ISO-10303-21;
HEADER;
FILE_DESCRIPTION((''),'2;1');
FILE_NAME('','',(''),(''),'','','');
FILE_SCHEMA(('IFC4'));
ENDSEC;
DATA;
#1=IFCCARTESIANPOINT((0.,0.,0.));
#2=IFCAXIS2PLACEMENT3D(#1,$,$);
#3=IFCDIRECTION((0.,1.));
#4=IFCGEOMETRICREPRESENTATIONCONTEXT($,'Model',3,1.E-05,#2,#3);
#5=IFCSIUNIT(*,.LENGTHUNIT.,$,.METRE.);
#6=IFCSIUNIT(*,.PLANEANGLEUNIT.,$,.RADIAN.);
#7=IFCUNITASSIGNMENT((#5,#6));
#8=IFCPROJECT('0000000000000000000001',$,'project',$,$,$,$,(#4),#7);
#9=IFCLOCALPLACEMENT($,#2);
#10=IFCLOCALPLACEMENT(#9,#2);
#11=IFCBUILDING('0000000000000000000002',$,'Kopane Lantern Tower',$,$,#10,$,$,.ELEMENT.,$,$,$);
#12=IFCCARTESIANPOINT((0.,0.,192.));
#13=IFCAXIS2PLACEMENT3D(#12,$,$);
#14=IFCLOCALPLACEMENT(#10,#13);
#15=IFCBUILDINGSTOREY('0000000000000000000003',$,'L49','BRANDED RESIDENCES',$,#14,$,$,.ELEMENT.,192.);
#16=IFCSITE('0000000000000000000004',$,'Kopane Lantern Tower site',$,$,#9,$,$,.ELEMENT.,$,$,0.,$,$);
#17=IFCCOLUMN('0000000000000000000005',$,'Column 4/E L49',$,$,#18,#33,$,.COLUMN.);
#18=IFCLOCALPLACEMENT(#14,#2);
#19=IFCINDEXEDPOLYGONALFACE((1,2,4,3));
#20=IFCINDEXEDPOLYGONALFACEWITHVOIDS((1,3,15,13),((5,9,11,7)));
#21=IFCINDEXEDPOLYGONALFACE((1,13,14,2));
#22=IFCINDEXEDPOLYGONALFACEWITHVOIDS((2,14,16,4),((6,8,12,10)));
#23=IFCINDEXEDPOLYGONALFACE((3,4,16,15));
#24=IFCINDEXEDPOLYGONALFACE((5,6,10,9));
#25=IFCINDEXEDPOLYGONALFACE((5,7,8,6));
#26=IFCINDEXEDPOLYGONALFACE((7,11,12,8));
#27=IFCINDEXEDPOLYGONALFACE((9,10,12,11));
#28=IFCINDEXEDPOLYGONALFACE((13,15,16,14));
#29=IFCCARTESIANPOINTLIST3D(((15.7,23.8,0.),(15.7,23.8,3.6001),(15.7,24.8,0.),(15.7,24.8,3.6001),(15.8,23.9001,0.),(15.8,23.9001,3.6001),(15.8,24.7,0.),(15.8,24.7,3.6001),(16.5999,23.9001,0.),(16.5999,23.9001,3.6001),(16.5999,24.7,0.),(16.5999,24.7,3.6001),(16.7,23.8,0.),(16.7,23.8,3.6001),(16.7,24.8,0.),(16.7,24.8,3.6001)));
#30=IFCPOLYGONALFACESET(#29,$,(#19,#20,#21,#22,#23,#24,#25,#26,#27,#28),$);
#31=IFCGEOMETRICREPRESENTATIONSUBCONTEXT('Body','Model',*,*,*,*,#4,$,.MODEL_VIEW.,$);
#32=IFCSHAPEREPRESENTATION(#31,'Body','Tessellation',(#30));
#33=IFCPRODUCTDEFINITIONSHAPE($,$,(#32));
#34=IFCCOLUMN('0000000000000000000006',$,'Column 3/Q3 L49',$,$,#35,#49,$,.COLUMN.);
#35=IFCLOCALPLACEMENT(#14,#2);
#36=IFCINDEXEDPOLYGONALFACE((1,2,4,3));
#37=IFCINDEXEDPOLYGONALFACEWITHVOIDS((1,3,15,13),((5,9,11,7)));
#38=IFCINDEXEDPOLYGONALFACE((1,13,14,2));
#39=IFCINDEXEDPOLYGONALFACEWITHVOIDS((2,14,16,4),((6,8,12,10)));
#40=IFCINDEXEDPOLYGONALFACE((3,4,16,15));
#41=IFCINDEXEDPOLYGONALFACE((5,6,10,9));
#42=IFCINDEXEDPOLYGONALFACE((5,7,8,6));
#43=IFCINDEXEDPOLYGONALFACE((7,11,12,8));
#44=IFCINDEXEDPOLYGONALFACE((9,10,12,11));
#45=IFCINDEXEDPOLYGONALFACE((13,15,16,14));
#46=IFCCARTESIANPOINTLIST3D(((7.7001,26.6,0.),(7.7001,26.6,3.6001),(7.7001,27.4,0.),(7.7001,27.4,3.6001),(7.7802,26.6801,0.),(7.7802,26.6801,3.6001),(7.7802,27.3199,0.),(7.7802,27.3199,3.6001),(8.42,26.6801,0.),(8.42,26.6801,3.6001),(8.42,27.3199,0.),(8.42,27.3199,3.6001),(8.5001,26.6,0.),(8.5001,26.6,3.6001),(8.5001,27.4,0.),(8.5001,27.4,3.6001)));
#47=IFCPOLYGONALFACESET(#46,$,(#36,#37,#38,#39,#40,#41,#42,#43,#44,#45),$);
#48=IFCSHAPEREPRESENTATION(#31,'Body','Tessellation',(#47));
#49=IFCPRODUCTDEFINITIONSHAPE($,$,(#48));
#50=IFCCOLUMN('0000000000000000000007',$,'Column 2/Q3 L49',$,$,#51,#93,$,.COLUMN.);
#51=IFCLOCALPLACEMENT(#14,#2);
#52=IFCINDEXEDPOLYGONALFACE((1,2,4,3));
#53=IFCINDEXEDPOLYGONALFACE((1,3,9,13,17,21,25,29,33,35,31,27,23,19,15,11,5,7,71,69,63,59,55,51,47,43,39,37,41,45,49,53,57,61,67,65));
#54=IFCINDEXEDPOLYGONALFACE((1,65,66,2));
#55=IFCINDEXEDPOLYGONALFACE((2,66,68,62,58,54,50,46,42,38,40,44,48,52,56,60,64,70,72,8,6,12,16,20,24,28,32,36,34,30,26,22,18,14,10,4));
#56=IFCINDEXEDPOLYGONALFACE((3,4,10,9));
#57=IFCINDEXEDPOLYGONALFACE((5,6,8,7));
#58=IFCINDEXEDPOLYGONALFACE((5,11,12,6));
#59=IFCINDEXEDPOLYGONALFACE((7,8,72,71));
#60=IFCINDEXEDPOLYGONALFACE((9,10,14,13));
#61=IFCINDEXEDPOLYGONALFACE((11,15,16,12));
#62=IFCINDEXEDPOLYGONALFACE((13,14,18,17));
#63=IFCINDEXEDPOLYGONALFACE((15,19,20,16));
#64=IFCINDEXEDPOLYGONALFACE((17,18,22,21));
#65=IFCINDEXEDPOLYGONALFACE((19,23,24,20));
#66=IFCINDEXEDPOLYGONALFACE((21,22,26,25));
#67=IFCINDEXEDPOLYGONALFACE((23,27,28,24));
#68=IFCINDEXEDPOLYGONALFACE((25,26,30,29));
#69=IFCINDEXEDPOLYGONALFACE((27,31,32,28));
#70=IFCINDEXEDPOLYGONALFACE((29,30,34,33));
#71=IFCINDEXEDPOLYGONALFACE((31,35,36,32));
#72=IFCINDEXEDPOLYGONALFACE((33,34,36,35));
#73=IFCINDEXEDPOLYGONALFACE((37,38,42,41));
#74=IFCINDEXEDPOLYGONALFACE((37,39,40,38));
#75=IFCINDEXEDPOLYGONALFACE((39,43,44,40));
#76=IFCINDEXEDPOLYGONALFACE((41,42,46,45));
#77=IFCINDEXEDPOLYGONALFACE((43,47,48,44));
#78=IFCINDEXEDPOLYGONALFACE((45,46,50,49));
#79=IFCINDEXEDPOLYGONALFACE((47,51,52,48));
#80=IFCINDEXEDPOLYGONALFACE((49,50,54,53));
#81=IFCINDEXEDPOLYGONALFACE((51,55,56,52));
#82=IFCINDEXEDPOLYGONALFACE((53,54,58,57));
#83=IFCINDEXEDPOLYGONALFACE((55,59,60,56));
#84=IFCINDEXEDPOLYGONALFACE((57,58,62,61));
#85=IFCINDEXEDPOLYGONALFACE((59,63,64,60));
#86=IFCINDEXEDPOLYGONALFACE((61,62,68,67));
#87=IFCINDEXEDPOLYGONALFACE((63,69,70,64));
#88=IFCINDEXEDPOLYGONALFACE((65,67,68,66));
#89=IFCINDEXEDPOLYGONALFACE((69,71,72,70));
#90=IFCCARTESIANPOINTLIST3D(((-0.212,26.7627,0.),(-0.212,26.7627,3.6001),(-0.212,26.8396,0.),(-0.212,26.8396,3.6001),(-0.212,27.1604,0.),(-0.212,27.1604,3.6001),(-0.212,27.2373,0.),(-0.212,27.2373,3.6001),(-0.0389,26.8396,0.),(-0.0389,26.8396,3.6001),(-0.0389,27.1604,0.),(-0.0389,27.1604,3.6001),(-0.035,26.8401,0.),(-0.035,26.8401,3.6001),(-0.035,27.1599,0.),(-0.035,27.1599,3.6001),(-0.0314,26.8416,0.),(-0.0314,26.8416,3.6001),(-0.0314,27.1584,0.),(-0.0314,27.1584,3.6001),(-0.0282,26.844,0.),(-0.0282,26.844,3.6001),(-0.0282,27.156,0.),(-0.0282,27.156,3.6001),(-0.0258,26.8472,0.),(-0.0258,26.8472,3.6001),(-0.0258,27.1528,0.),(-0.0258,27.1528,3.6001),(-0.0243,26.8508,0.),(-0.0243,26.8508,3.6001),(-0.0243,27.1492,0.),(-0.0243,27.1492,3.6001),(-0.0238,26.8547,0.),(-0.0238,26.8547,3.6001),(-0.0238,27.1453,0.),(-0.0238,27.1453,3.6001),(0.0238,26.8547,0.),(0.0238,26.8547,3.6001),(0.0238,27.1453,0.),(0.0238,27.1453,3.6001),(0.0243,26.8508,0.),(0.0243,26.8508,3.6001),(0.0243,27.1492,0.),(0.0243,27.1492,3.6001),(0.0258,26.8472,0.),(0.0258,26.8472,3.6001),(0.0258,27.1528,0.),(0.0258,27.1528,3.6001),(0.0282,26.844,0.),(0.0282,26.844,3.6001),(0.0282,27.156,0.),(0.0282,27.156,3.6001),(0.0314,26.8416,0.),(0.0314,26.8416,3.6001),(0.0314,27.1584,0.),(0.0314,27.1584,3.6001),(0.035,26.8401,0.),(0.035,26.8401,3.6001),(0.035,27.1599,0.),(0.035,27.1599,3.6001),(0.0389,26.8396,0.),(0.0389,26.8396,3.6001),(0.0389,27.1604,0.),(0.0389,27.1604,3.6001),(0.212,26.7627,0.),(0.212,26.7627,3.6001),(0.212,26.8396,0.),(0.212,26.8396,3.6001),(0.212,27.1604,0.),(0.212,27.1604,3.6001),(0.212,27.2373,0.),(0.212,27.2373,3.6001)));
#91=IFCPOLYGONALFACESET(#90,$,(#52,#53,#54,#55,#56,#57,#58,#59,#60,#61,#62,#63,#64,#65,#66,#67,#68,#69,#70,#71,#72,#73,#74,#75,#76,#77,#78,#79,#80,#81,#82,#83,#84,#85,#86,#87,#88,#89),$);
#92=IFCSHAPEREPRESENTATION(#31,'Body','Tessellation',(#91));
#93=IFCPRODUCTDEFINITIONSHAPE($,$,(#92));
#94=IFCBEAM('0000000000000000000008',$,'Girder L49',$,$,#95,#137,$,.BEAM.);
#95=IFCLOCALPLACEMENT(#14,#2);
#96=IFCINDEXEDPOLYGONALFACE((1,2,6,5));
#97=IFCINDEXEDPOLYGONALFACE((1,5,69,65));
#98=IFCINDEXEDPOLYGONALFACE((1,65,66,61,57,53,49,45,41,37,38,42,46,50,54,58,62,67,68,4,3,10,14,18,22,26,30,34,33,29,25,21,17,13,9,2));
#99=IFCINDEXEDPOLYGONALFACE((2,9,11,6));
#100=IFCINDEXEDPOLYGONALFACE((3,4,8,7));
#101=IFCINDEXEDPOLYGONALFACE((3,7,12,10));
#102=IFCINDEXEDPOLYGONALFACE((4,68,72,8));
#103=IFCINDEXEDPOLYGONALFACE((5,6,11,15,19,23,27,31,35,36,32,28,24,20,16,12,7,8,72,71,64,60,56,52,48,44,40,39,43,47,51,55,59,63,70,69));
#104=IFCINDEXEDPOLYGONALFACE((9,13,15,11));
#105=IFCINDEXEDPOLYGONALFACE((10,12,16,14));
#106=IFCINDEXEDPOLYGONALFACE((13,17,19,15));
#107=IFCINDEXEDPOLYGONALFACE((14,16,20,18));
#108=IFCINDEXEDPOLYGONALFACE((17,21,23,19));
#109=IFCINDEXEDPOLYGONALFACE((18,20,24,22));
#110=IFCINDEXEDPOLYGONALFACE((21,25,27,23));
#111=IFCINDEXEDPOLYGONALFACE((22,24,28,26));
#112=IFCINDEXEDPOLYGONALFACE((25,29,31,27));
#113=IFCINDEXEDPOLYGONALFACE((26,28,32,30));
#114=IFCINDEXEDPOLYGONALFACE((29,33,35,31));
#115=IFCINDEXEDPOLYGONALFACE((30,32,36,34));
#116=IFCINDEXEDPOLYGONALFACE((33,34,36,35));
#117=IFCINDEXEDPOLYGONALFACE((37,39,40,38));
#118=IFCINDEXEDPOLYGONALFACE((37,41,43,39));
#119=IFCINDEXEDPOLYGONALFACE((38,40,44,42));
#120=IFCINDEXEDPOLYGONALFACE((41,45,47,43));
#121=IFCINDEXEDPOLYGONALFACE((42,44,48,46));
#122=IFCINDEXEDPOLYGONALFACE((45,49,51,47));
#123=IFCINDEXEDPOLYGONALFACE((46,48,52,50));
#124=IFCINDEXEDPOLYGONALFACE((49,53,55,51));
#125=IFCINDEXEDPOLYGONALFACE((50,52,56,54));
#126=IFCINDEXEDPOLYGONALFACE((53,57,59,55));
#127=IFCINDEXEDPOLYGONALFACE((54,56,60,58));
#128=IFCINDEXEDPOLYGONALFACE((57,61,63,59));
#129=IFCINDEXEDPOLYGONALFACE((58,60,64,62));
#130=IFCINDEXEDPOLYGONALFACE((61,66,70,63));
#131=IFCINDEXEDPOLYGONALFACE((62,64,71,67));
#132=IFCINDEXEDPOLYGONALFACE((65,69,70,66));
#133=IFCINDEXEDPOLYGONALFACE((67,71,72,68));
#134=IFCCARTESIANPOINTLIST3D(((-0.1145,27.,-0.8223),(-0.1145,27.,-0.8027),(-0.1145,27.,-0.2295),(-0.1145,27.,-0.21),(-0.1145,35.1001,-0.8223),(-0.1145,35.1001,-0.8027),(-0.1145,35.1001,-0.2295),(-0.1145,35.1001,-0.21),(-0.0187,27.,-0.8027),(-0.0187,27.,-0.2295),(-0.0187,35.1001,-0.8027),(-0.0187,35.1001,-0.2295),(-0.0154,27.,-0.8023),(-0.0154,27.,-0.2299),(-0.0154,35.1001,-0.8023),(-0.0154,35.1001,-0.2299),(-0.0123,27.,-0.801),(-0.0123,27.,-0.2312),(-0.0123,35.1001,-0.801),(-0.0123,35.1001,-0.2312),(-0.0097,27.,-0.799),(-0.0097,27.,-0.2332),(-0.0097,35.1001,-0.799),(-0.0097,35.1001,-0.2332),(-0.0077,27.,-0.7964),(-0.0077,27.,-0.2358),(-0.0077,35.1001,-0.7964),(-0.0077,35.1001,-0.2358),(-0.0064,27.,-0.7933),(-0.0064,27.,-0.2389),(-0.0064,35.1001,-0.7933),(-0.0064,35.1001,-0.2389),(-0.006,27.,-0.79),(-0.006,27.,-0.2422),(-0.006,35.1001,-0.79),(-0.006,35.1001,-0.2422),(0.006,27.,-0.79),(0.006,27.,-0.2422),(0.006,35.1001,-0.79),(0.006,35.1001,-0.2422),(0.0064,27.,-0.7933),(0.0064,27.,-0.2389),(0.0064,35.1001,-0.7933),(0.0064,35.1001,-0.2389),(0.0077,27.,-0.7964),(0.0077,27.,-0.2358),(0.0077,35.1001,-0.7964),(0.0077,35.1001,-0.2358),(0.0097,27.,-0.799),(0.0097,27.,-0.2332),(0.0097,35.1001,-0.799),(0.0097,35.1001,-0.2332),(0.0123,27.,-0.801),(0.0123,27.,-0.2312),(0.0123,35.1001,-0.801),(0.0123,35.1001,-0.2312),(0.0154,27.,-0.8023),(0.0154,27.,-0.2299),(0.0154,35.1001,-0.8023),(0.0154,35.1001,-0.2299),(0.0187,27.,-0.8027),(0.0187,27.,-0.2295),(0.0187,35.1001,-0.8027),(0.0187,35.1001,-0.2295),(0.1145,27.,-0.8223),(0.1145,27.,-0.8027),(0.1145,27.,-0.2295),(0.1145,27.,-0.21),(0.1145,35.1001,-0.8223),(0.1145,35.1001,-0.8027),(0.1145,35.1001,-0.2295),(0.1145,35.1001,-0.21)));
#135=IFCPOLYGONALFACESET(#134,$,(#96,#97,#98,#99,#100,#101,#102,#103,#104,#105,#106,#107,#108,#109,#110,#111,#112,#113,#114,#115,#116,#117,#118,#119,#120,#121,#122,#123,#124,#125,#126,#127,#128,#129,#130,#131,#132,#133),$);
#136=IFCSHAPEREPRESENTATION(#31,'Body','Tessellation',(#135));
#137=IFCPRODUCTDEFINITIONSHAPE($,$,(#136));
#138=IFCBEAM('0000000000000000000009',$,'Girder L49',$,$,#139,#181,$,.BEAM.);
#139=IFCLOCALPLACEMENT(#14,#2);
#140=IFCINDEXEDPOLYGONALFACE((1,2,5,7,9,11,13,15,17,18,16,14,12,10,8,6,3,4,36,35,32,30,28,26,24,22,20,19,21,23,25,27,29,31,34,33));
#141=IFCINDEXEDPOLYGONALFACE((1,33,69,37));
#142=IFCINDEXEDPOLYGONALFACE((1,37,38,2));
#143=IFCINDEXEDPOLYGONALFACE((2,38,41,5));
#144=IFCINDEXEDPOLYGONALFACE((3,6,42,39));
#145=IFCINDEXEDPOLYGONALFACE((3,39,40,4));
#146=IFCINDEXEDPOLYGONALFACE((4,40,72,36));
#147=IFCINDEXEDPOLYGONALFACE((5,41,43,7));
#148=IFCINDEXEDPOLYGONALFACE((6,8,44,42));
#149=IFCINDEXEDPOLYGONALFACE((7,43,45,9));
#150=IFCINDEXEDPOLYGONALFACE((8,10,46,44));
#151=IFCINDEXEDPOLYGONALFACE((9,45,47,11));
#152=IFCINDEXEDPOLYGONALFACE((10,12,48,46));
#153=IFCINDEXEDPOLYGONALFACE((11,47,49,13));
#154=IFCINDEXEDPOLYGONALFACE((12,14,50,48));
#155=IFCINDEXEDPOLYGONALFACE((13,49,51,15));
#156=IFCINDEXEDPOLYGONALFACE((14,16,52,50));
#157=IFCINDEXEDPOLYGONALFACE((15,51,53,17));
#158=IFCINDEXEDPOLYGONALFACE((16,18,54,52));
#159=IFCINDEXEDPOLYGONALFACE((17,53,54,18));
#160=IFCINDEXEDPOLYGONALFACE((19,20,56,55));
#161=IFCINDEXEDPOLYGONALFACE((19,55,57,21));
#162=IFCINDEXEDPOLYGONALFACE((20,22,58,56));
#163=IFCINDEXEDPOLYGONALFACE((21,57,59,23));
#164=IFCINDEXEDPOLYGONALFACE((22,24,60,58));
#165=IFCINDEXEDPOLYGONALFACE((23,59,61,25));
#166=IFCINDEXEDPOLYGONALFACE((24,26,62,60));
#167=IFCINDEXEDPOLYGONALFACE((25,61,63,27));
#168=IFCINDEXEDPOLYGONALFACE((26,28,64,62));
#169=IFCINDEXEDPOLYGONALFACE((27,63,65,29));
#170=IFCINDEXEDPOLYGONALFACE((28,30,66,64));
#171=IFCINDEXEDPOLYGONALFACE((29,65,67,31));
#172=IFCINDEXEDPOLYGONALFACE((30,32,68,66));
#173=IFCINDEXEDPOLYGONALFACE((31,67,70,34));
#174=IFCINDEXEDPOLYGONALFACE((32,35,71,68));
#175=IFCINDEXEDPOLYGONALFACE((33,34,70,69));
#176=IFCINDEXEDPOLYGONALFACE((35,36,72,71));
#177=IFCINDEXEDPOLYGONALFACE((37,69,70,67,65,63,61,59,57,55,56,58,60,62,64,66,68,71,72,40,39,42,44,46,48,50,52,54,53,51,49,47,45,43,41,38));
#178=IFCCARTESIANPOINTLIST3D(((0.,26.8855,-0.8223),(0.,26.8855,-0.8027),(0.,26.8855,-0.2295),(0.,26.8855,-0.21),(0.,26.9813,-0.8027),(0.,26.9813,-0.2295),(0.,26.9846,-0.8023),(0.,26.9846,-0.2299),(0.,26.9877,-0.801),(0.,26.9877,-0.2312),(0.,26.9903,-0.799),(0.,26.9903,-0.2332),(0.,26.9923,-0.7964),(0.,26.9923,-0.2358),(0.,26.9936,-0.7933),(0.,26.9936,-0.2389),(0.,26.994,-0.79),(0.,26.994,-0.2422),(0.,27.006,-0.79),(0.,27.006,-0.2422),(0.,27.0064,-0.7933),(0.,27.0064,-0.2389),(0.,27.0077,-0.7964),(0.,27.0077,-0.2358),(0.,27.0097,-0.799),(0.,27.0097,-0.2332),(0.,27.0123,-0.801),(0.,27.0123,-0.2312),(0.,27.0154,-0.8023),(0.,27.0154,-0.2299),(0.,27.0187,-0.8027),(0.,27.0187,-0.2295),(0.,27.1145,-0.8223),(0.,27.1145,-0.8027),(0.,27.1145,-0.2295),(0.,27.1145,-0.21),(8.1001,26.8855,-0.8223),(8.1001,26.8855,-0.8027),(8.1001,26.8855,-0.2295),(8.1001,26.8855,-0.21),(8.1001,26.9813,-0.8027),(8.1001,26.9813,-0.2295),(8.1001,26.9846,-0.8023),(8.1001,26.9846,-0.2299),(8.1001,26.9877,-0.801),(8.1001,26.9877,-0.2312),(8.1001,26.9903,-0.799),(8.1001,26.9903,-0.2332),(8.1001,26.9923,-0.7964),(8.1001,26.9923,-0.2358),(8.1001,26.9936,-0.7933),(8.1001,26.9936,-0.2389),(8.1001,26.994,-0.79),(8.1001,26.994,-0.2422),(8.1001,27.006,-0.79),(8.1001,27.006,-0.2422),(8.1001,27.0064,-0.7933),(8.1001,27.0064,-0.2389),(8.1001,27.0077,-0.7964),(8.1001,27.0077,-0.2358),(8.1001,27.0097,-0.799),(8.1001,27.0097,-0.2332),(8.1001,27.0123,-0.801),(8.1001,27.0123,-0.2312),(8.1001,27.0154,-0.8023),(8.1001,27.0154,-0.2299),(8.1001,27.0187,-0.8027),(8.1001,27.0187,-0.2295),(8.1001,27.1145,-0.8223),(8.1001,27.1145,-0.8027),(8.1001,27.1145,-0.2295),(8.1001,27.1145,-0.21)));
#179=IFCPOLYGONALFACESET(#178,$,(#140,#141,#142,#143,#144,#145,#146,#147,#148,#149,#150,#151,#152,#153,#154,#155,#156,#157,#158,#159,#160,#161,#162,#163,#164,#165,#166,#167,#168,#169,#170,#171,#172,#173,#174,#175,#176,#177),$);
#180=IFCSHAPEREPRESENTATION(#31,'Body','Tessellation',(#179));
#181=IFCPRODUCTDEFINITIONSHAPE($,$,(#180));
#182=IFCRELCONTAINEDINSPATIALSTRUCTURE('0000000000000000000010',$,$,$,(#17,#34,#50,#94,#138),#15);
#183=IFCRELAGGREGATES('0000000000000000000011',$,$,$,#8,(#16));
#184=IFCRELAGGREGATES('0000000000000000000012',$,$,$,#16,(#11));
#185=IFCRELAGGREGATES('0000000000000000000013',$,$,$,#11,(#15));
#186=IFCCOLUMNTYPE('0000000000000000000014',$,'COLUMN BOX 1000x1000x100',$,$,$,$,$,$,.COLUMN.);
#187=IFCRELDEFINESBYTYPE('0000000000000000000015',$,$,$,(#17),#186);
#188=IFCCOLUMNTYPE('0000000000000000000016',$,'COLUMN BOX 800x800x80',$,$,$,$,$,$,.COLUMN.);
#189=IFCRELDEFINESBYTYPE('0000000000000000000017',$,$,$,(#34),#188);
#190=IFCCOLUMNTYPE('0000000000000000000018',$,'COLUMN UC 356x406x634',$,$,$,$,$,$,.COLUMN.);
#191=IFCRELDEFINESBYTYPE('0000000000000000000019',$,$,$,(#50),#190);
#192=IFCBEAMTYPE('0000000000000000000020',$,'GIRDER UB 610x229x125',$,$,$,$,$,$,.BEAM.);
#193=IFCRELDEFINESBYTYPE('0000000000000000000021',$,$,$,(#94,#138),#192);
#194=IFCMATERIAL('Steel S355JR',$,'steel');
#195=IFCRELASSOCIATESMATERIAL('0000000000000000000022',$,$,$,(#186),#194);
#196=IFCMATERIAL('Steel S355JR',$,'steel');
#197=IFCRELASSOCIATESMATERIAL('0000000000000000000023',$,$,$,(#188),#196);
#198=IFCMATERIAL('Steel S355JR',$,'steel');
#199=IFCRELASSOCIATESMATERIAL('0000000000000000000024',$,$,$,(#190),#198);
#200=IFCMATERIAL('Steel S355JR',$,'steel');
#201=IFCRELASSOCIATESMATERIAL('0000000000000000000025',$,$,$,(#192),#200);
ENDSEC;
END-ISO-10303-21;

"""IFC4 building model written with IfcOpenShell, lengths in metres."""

from ifc_helpers import new_model, si_unit, direction, frame, origin, origin_2d, place, context, subcontext, project, spatial, hollow_rectangle, i_section, extrude, material, material_profile, profile_set, type_object, element, save


model = new_model("IFC4")

# Units and contexts
model_context = context("Model", 3, precision=1e-05, world=origin(), true_north=direction((0.0, 1.0)))
body_context = subcontext(model_context, "Body", "Model", "MODEL_VIEW")
ifc_project = project(units=[si_unit("LENGTHUNIT", "METRE"), si_unit("PLANEANGLEUNIT", "RADIAN")], contexts=[model_context])

# Site, building, storey
site_placement = place(None, origin())
site = spatial("IfcSite", under=ifc_project, at=site_placement, Name="Kopane Lantern Tower site", CompositionType="ELEMENT", RefElevation=0.0)
building_placement = place(site_placement, origin())
building = spatial("IfcBuilding", under=site, at=building_placement, Name="Kopane Lantern Tower", CompositionType="ELEMENT")
storey_placement = place(building_placement, frame((0.0, 0.0, 192.0)))
storey = spatial("IfcBuildingStorey", under=building, at=storey_placement, Name="L49", Description="BRANDED RESIDENCES", CompositionType="ELEMENT", Elevation=192.0)

# Columns
ifc_material_1 = material(Name="Steel S355JR", Category="steel")
ifc_material_profile_1 = material_profile(ifc_material_1, hollow_rectangle(XDim=1.0, YDim=1.0, WallThickness=0.1001, at=origin_2d()), Name="BOX 1000x1000x100")
ifc_profile_set_1 = profile_set([ifc_material_profile_1], Name="Steel S355JR")
column_type_1 = type_object("IfcColumnType", Name="COLUMN BOX 1000x1000x100", PredefinedType="COLUMN", material=ifc_profile_set_1)
column_1_placement = place(storey_placement, frame((16.2, 24.3, 0.0), z_axis=(0.0, 0.0, 1.0), x_axis=(1.0, 0.0, 0.0)))
element("IfcColumn", 1, at=column_1_placement, inside=storey, type_object=column_type_1, Name="Column 4/E L49", PredefinedType="COLUMN", context=body_context, shape_type="SweptSolid", body=[
    extrude(hollow_rectangle(XDim=1.0, YDim=1.0, WallThickness=0.1001, at=origin_2d()), origin(), (0.0, 0.0, 1.0), 3.6001),
])
ifc_material_2 = material(Name="Steel S355JR", Category="steel")
ifc_material_profile_2 = material_profile(ifc_material_2, hollow_rectangle(XDim=0.8, YDim=0.8, WallThickness=0.0801, at=origin_2d()), Name="BOX 800x800x80")
ifc_profile_set_2 = profile_set([ifc_material_profile_2], Name="Steel S355JR")
column_type_2 = type_object("IfcColumnType", Name="COLUMN BOX 800x800x80", PredefinedType="COLUMN", material=ifc_profile_set_2)
column_2_placement = place(storey_placement, frame((8.1001, 27.0, 0.0), z_axis=(0.0, 0.0, 1.0), x_axis=(1.0, 0.0, 0.0)))
element("IfcColumn", 2, at=column_2_placement, inside=storey, type_object=column_type_2, Name="Column 3/Q3 L49", PredefinedType="COLUMN", context=body_context, shape_type="SweptSolid", body=[
    extrude(hollow_rectangle(XDim=0.8, YDim=0.8, WallThickness=0.0801, at=origin_2d()), origin(), (0.0, 0.0, 1.0), 3.6001),
])
ifc_material_3 = material(Name="Steel S355JR", Category="steel")
ifc_material_profile_3 = material_profile(ifc_material_3, i_section(OverallWidth=0.4241, OverallDepth=0.4746, WebThickness=0.0476, FlangeThickness=0.0769, FilletRadius=0.0151, at=origin_2d()), Name="UC 356x406x634")
ifc_profile_set_3 = profile_set([ifc_material_profile_3], Name="Steel S355JR")
column_type_3 = type_object("IfcColumnType", Name="COLUMN UC 356x406x634", PredefinedType="COLUMN", material=ifc_profile_set_3)
column_3_placement = place(storey_placement, frame((0.0, 27.0, 0.0), z_axis=(0.0, 0.0, 1.0), x_axis=(1.0, 0.0, 0.0)))
element("IfcColumn", 3, at=column_3_placement, inside=storey, type_object=column_type_3, Name="Column 2/Q3 L49", PredefinedType="COLUMN", context=body_context, shape_type="SweptSolid", body=[
    extrude(i_section(OverallWidth=0.4241, OverallDepth=0.4746, WebThickness=0.0476, FlangeThickness=0.0769, FilletRadius=0.0151, at=origin_2d()), origin(), (0.0, 0.0, 1.0), 3.6001),
])

# Beams
ifc_material_4 = material(Name="Steel S355JR", Category="steel")
ifc_material_profile_4 = material_profile(ifc_material_4, i_section(OverallWidth=0.229, OverallDepth=0.6123, WebThickness=0.012, FlangeThickness=0.0195, FilletRadius=0.0127, at=origin_2d()), Name="UB 610x229x125")
ifc_profile_set_4 = profile_set([ifc_material_profile_4], Name="Steel S355JR")
beam_type = type_object("IfcBeamType", Name="GIRDER UB 610x229x125", PredefinedType="BEAM", material=ifc_profile_set_4)
for number, where, z_axis, x_axis, name in (
    (4, (0.0, 27.0, -0.5161), (0.0, 1.0, 0.0), (-1.0, 0.0, 0.0), "Girder L49"),
    (5, (0.0, 27.0, -0.5161), (1.0, 0.0, 0.0), (0.0, 1.0, 0.0), "Girder L49"),
):
    element("IfcBeam", number, at=place(storey_placement, frame(where, z_axis=z_axis, x_axis=x_axis)), inside=storey, type_object=beam_type, Name=name, PredefinedType="BEAM", context=body_context, shape_type="SweptSolid", body=[
        extrude(i_section(OverallWidth=0.229, OverallDepth=0.6123, WebThickness=0.012, FlangeThickness=0.0195, FilletRadius=0.0127, at=origin_2d()), origin(), (0.0, 0.0, 1.0), 8.1001),
    ])

save(model, "model.ifc")
